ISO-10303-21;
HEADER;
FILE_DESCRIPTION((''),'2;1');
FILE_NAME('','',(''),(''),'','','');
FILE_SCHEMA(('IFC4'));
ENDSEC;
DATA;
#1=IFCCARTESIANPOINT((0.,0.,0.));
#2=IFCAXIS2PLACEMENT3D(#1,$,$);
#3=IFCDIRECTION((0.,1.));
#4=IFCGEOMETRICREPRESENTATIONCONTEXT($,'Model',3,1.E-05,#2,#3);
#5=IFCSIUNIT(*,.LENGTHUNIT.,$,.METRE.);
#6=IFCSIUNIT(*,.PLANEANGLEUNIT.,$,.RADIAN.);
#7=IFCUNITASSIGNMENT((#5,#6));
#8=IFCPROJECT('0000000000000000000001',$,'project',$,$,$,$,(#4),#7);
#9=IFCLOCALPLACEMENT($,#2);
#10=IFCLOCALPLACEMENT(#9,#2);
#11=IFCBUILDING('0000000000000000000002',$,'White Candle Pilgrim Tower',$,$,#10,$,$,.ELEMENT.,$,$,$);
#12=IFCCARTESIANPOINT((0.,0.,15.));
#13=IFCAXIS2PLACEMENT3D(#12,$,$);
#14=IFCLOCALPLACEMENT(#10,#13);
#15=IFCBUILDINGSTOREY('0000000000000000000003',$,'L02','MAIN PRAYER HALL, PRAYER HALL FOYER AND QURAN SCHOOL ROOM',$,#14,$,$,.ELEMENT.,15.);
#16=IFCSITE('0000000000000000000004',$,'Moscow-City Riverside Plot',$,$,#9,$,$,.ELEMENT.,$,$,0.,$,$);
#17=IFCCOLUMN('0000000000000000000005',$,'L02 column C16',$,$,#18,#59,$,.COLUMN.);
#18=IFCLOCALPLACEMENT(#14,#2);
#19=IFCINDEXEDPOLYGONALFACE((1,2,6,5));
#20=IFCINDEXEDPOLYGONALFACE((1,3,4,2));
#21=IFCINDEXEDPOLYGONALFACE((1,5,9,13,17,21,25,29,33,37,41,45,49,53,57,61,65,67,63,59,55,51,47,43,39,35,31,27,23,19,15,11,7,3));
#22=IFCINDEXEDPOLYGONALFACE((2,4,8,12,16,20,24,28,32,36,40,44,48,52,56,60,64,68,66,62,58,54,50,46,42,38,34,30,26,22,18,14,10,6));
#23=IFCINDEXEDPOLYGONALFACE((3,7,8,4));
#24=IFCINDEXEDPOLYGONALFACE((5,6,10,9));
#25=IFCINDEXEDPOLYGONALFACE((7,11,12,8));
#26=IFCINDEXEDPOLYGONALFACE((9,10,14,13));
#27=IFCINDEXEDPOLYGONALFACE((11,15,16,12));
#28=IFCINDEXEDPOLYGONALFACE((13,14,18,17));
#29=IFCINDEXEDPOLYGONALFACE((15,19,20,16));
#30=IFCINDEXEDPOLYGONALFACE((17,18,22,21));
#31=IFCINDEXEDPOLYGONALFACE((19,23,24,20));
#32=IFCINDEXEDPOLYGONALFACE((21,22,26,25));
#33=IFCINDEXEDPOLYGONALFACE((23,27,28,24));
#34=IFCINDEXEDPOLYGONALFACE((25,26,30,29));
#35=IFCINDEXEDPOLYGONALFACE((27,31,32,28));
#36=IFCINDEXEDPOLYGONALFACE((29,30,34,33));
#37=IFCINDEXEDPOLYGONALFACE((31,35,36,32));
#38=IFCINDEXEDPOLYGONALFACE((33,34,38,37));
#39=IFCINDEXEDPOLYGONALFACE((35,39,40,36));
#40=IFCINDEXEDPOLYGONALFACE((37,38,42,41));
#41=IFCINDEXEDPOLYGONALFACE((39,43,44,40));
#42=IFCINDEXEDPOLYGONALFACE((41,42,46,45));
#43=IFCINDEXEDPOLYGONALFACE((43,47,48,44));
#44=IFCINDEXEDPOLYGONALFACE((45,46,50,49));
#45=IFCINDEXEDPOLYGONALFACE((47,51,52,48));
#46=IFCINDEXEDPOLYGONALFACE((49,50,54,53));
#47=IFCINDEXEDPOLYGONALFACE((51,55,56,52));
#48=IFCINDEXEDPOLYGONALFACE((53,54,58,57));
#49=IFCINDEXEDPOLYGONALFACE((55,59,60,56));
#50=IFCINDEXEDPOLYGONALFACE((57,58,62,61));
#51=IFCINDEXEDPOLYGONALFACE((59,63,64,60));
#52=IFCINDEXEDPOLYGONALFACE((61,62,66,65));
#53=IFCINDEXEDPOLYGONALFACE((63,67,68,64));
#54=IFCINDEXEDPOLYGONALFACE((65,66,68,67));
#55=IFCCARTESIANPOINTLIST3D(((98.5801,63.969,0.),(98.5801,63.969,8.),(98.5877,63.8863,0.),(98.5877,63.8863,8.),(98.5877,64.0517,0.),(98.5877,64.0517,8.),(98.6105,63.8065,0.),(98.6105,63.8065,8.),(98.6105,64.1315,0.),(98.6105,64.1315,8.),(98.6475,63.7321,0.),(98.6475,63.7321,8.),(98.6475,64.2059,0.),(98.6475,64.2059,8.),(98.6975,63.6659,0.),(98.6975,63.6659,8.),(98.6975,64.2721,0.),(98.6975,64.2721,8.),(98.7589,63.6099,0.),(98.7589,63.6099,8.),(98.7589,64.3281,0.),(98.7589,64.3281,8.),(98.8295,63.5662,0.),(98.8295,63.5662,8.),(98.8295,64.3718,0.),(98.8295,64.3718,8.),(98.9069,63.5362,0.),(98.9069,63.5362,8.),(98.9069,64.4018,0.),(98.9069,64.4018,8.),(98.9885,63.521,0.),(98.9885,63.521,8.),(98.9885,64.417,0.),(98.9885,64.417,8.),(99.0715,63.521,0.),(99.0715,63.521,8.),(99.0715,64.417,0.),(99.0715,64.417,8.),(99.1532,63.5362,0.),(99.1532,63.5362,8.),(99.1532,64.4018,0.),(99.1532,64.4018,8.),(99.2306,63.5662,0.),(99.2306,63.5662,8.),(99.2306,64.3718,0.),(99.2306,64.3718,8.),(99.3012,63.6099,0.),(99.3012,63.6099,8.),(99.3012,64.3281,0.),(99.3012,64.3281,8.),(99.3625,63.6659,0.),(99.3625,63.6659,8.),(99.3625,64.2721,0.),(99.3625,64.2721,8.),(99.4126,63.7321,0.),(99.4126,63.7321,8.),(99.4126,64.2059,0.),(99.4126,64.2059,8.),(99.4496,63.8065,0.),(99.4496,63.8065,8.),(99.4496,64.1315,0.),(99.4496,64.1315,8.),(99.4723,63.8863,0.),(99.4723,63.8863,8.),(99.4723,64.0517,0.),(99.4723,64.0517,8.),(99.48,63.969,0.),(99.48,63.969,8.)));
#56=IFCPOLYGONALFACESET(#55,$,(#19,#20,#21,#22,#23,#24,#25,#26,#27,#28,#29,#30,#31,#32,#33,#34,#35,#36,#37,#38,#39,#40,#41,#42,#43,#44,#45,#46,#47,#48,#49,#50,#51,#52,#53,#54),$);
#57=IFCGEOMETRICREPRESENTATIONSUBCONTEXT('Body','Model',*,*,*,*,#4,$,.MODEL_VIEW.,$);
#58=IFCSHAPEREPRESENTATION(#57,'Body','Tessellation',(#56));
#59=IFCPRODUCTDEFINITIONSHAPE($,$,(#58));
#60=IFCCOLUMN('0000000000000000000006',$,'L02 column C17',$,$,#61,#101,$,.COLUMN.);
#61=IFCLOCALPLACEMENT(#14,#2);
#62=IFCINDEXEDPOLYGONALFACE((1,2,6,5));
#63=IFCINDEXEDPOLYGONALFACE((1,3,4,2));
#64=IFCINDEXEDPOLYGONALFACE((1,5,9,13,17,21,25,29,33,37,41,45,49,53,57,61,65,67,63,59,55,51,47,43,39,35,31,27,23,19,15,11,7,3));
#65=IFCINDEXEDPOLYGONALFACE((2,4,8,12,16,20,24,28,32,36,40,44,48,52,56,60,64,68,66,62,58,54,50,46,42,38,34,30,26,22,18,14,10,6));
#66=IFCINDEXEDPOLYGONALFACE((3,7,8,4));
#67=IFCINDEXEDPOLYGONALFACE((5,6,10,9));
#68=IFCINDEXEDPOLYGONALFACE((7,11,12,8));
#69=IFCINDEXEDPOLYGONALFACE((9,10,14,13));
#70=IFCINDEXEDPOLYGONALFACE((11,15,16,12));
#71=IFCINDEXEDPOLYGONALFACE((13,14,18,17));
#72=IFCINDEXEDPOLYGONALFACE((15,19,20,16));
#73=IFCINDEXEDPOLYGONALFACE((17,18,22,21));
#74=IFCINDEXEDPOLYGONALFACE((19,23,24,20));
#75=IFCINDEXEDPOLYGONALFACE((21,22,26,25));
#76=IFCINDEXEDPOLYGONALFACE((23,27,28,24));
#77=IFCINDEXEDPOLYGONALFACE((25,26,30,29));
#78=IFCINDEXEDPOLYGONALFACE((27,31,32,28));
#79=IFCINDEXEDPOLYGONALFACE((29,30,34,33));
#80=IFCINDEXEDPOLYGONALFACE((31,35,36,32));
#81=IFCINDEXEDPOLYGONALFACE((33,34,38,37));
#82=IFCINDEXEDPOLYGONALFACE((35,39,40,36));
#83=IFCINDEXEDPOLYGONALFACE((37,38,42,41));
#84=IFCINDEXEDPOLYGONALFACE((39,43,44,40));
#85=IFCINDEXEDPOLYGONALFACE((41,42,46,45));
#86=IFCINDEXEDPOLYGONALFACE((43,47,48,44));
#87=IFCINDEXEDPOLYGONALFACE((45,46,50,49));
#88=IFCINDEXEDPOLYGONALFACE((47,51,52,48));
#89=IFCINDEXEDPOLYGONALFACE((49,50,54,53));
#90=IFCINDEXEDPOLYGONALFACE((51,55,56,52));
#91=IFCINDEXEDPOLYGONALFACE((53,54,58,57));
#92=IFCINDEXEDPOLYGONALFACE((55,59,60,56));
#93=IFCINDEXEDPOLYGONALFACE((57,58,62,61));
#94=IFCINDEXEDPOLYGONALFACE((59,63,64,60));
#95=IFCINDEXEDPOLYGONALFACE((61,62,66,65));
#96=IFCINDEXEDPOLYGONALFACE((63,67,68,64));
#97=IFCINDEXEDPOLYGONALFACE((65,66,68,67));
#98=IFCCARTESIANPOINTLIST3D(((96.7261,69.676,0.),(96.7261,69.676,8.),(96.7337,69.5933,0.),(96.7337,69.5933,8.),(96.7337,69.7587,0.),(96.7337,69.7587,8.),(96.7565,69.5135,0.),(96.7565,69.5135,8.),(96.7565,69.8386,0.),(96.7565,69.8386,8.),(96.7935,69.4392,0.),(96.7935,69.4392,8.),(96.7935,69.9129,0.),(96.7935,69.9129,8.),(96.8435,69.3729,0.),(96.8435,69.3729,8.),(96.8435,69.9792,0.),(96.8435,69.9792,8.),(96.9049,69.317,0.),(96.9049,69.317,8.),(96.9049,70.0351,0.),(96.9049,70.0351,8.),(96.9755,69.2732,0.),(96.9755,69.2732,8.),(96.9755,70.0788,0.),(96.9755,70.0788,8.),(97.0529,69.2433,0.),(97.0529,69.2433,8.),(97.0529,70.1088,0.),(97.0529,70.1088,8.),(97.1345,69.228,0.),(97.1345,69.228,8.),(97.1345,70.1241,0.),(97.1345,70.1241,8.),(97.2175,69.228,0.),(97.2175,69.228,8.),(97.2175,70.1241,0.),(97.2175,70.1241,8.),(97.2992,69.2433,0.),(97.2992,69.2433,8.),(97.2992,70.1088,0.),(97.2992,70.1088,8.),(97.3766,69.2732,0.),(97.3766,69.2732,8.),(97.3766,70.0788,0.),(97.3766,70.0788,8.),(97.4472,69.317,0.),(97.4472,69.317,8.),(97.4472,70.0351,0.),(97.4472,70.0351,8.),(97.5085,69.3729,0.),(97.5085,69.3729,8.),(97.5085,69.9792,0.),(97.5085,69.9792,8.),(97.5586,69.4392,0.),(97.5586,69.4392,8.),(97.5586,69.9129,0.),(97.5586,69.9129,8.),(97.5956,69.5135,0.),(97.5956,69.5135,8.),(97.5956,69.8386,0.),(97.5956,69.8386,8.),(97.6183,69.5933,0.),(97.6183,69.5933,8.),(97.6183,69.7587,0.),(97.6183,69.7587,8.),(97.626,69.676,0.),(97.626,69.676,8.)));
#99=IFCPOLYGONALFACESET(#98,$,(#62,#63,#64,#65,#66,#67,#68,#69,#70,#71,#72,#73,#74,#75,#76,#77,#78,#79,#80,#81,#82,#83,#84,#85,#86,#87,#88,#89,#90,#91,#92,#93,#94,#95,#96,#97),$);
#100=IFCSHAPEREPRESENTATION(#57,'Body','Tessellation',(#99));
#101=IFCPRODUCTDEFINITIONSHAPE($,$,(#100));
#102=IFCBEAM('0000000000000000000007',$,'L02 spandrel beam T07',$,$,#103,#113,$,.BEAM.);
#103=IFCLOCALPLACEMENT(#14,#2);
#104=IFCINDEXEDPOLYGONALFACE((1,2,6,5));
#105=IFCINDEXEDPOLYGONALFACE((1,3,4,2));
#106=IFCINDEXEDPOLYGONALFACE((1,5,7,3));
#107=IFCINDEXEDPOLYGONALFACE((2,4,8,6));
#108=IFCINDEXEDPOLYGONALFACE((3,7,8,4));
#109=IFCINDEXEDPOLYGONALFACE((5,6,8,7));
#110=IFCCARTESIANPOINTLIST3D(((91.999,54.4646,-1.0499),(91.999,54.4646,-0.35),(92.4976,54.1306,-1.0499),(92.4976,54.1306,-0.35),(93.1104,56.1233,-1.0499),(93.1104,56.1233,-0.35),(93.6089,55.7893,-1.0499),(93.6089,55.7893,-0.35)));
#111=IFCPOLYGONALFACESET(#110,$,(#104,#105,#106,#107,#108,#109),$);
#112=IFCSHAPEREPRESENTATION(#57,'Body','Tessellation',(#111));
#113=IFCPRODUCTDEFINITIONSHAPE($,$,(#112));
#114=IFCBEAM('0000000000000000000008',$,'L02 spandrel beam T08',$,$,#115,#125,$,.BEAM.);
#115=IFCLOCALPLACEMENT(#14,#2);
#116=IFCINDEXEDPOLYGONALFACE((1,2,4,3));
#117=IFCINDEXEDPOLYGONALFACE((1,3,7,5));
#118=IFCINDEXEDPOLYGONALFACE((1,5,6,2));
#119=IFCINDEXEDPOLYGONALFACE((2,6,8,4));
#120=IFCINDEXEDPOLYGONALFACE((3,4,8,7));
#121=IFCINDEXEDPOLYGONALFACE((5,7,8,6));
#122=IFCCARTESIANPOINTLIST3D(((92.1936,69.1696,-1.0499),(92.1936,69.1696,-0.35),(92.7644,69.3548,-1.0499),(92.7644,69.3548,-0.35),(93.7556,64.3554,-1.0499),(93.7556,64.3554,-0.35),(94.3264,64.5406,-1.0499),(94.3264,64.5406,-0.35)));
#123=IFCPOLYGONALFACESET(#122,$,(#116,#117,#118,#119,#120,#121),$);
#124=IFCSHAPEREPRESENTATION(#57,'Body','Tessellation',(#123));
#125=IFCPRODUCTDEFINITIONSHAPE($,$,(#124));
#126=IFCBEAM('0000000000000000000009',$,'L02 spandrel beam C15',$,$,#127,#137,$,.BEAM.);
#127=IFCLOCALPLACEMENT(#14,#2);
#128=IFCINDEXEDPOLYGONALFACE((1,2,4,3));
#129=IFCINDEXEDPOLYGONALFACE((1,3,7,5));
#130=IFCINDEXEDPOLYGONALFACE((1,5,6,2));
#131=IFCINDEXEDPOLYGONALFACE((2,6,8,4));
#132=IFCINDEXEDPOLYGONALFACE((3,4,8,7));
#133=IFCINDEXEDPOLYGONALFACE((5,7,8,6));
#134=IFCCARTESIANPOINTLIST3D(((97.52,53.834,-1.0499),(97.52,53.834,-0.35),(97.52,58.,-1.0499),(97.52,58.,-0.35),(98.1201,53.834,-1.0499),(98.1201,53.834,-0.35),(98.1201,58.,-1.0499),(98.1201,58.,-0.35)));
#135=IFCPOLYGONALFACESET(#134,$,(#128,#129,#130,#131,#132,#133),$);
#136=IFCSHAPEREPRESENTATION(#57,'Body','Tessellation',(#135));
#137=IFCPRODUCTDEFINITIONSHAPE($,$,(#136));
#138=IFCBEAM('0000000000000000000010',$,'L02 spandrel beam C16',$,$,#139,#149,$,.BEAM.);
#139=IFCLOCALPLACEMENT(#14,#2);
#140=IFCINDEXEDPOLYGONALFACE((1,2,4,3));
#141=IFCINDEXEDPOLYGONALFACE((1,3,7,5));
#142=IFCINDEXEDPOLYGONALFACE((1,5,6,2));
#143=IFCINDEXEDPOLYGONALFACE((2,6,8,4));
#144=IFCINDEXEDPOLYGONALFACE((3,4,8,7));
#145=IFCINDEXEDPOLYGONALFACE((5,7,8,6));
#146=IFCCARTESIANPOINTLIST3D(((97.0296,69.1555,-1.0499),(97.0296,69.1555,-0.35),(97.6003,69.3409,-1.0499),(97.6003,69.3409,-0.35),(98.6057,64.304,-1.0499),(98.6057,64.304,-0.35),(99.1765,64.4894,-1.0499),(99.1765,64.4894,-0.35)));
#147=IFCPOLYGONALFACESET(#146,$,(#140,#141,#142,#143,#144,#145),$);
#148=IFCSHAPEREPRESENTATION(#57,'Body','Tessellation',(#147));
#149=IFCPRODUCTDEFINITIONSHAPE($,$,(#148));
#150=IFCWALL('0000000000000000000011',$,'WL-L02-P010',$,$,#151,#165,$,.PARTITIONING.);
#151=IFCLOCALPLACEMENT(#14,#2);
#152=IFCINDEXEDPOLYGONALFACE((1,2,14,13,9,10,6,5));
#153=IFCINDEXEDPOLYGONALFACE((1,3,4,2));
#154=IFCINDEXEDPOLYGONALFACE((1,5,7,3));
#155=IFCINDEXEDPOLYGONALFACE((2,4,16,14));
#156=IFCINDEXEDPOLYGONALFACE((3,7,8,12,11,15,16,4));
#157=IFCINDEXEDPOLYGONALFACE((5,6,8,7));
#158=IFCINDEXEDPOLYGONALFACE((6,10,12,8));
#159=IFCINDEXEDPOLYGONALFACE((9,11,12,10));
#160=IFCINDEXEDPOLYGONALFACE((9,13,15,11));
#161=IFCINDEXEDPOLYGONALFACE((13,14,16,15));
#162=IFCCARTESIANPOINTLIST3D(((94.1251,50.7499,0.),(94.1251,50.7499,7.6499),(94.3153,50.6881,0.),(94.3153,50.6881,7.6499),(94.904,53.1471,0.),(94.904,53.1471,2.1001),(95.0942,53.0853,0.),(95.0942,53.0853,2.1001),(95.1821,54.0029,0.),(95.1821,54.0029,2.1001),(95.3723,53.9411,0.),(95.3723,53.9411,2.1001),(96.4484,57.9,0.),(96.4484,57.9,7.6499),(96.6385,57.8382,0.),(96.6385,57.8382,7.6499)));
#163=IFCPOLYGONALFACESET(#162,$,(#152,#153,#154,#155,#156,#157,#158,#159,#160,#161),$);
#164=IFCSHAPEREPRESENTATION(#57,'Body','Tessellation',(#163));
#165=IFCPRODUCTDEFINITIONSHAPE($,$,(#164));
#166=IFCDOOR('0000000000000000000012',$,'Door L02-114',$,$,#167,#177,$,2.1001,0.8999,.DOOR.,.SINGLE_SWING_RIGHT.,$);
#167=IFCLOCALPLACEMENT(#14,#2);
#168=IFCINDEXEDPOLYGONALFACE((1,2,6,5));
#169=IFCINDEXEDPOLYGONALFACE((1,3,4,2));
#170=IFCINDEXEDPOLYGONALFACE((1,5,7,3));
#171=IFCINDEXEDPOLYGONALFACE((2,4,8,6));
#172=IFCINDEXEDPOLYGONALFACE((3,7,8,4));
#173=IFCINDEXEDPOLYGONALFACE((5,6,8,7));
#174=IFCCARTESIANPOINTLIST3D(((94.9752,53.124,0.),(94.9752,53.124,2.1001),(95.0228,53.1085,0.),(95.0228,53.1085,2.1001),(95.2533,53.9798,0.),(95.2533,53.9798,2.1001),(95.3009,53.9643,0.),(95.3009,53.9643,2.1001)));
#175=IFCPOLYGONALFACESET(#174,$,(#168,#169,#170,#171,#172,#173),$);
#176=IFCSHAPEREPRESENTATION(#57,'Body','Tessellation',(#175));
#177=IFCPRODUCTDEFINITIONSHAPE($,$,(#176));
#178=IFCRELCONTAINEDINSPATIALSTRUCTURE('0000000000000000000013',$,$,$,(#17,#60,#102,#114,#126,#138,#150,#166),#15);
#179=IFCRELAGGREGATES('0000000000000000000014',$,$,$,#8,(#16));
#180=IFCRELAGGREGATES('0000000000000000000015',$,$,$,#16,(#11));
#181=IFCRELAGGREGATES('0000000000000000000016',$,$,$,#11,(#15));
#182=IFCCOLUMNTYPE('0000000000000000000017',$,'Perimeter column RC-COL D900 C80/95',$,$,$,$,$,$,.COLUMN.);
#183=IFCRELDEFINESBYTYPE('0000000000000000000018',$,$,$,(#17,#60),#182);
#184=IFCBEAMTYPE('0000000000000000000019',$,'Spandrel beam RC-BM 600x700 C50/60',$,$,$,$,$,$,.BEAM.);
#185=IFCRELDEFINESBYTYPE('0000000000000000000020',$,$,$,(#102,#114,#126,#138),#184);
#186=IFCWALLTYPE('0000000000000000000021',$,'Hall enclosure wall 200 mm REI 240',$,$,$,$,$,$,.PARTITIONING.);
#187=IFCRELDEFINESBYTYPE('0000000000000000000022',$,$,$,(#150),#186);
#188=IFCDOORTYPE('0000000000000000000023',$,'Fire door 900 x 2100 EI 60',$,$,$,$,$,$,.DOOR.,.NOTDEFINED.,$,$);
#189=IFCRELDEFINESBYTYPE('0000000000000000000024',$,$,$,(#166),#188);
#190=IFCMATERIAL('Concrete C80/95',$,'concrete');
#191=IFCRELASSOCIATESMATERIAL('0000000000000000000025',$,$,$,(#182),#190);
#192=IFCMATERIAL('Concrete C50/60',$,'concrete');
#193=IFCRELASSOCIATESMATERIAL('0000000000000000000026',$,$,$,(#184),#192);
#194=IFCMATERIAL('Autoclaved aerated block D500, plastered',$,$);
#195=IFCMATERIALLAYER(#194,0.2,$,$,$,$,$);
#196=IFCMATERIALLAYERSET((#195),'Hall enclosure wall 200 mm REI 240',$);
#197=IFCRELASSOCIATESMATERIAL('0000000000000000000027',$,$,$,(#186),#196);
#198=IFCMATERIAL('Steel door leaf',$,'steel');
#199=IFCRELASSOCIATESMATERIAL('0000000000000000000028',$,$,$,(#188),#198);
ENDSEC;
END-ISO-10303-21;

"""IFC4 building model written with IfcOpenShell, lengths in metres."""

from ifc_helpers import new_model, si_unit, direction, frame, frame_2d, origin, origin_2d, place, context, subcontext, project, spatial, rectangle, circle, extrude, material, layer, layer_set, material_profile, profile_set, type_object, element, fill, save


model = new_model("IFC4")

# Units and contexts
model_context = context("Model", 3, precision=1e-05, world=origin(), true_north=direction((0.0, 1.0)))
body_context = subcontext(model_context, "Body", "Model", "MODEL_VIEW")
ifc_project = project(units=[si_unit("LENGTHUNIT", "METRE"), si_unit("PLANEANGLEUNIT", "RADIAN")], contexts=[model_context])

# Site, building, storey
site_placement = place(None, origin())
site = spatial("IfcSite", under=ifc_project, at=site_placement, Name="Moscow-City Riverside Plot", CompositionType="ELEMENT", RefElevation=0.0)
building_placement = place(site_placement, origin())
building = spatial("IfcBuilding", under=site, at=building_placement, Name="White Candle Pilgrim Tower", CompositionType="ELEMENT")
storey_placement = place(building_placement, frame((0.0, 0.0, 15.0)))
storey = spatial("IfcBuildingStorey", under=building, at=storey_placement, Name="L02", Description="MAIN PRAYER HALL, PRAYER HALL FOYER AND QURAN SCHOOL ROOM", CompositionType="ELEMENT", Elevation=15.0)

# Columns
ifc_material_1 = material(Name="Concrete C80/95", Category="concrete")
ifc_material_profile_1 = material_profile(ifc_material_1, circle(Radius=0.45, at=origin_2d()), Name="RC-COL D900")
ifc_profile_set_1 = profile_set([ifc_material_profile_1], Name="Concrete C80/95")
column_type_1 = type_object("IfcColumnType", Name="Perimeter column RC-COL D900 C80/95", PredefinedType="COLUMN", material=ifc_profile_set_1)
for number, where, z_axis, x_axis, name in (
    (1, (99.03, 63.969, 0.0), (0.0, 0.0, 1.0), (1.0, 0.0, 0.0), "L02 column C16"),
    (2, (97.176, 69.676, 0.0), (0.0, 0.0, 1.0), (1.0, 0.0, 0.0), "L02 column C17"),
):
    element("IfcColumn", number, at=place(storey_placement, frame(where, z_axis=z_axis, x_axis=x_axis)), inside=storey, type_object=column_type_1, Name=name, PredefinedType="COLUMN", context=body_context, shape_type="SweptSolid", body=[
        extrude(circle(Radius=0.45, at=origin_2d()), origin(), (0.0, 0.0, 1.0), 8.0),
    ])

# Beams
ifc_material_2 = material(Name="Concrete C50/60", Category="concrete")
ifc_material_profile_2 = material_profile(ifc_material_2, rectangle(XDim=0.6001, YDim=0.7, at=origin_2d()), Name="RC-BM 600x700")
ifc_profile_set_2 = profile_set([ifc_material_profile_2], Name="Concrete C50/60")
beam_type = type_object("IfcBeamType", Name="Spandrel beam RC-BM 600x700 C50/60", PredefinedType="BEAM", material=ifc_profile_set_2)
beam_1_placement = place(storey_placement, frame((92.2483, 54.2976, -0.7), z_axis=(0.556618, 0.830769, 0.0), x_axis=(-0.830769, 0.556618, 0.0)))
element("IfcBeam", 3, at=beam_1_placement, inside=storey, type_object=beam_type, Name="L02 spandrel beam T07", PredefinedType="BEAM", context=body_context, shape_type="SweptSolid", body=[
    extrude(rectangle(XDim=0.6001, YDim=0.7, at=origin_2d()), origin(), (0.0, 0.0, 1.0), 1.9966),
])
beam_2_placement = place(storey_placement, frame((94.041, 64.448, -0.7), z_axis=(-0.30862, 0.951185, 0.0), x_axis=(-0.951185, -0.30862, 0.0)))
element("IfcBeam", 4, at=beam_2_placement, inside=storey, type_object=beam_type, Name="L02 spandrel beam T08", PredefinedType="BEAM", context=body_context, shape_type="SweptSolid", body=[
    extrude(rectangle(XDim=0.6001, YDim=0.7, at=origin_2d()), origin(), (0.0, 0.0, 1.0), 5.0613),
])
beam_3_placement = place(storey_placement, frame((97.8201, 53.834, -0.7), z_axis=(0.0, 1.0, 0.0), x_axis=(-1.0, 0.0, 0.0)))
element("IfcBeam", 5, at=beam_3_placement, inside=storey, type_object=beam_type, Name="L02 spandrel beam C15", PredefinedType="BEAM", context=body_context, shape_type="SweptSolid", body=[
    extrude(rectangle(XDim=0.6001, YDim=0.7, at=origin_2d()), origin(), (0.0, 0.0, 1.0), 4.166),
])
beam_4_placement = place(storey_placement, frame((98.8911, 64.3967, -0.7), z_axis=(-0.308982, 0.951068, 0.0), x_axis=(-0.951068, -0.308982, 0.0)))
element("IfcBeam", 6, at=beam_4_placement, inside=storey, type_object=beam_type, Name="L02 spandrel beam C16", PredefinedType="BEAM", context=body_context, shape_type="SweptSolid", body=[
    extrude(rectangle(XDim=0.6001, YDim=0.7, at=origin_2d()), origin(), (0.0, 0.0, 1.0), 5.1011),
])

# Wall, opening, door
ifc_material_3 = material(Name="Autoclaved aerated block D500, plastered")
ifc_layer_1 = layer(ifc_material_3, 0.2)
ifc_layer_set_1 = layer_set([ifc_layer_1], Name="Hall enclosure wall 200 mm REI 240")
wall_type_1 = type_object("IfcWallType", Name="Hall enclosure wall 200 mm REI 240", PredefinedType="PARTITIONING", material=ifc_layer_set_1)
wall_1_placement = place(storey_placement, frame((96.5435, 57.8691, 0.0), z_axis=(0.0, 0.0, 1.0), x_axis=(-0.309019, -0.951056, 0.0)))
wall_1 = element("IfcWall", 7, at=wall_1_placement, inside=storey, type_object=wall_type_1, Name="WL-L02-P010", PredefinedType="PARTITIONING", context=body_context, shape_type="SweptSolid", body=[
    extrude(rectangle(XDim=7.5181, YDim=0.2, at=frame_2d((3.759, 0.0))), origin(), (0.0, 0.0, 1.0), 7.6499),
])
opening_1_placement = place(wall_1_placement, frame((4.0977, 0.0, 0.0)))
opening_1 = element("IfcOpeningElement", 8, at=opening_1_placement, cuts=wall_1, PredefinedType="OPENING", context=body_context, shape_type="SweptSolid", body=[
    extrude(rectangle(XDim=0.8999, YDim=2.1001, at=frame_2d((0.45, 1.05))), frame((0.0, 0.1099, 0.0), z_axis=(0.0, -1.0, 0.0), x_axis=(1.0, 0.0, 0.0)), (0.0, 0.0, 1.0), 0.22),
])
ifc_material_4 = material(Name="Steel door leaf", Category="steel")
door_type_1 = type_object("IfcDoorType", Name="Fire door 900 x 2100 EI 60", OperationType="NOTDEFINED", PredefinedType="DOOR", material=ifc_material_4)
door_1_placement = place(opening_1_placement, origin())
door_1 = element("IfcDoor", 9, at=door_1_placement, inside=storey, type_object=door_type_1, Name="Door L02-114", OperationType="SINGLE_SWING_RIGHT", OverallHeight=2.1001, OverallWidth=0.8999, PredefinedType="DOOR", context=body_context, shape_type="SweptSolid", body=[
    extrude(rectangle(XDim=0.8999, YDim=2.1001, at=frame_2d((0.45, 1.05))), frame((0.0, 0.0249, 0.0), z_axis=(0.0, -1.0, 0.0), x_axis=(1.0, 0.0, 0.0)), (0.0, 0.0, 1.0), 0.05),
])
fill(opening_1, door_1)

save(model, "model.ifc")
